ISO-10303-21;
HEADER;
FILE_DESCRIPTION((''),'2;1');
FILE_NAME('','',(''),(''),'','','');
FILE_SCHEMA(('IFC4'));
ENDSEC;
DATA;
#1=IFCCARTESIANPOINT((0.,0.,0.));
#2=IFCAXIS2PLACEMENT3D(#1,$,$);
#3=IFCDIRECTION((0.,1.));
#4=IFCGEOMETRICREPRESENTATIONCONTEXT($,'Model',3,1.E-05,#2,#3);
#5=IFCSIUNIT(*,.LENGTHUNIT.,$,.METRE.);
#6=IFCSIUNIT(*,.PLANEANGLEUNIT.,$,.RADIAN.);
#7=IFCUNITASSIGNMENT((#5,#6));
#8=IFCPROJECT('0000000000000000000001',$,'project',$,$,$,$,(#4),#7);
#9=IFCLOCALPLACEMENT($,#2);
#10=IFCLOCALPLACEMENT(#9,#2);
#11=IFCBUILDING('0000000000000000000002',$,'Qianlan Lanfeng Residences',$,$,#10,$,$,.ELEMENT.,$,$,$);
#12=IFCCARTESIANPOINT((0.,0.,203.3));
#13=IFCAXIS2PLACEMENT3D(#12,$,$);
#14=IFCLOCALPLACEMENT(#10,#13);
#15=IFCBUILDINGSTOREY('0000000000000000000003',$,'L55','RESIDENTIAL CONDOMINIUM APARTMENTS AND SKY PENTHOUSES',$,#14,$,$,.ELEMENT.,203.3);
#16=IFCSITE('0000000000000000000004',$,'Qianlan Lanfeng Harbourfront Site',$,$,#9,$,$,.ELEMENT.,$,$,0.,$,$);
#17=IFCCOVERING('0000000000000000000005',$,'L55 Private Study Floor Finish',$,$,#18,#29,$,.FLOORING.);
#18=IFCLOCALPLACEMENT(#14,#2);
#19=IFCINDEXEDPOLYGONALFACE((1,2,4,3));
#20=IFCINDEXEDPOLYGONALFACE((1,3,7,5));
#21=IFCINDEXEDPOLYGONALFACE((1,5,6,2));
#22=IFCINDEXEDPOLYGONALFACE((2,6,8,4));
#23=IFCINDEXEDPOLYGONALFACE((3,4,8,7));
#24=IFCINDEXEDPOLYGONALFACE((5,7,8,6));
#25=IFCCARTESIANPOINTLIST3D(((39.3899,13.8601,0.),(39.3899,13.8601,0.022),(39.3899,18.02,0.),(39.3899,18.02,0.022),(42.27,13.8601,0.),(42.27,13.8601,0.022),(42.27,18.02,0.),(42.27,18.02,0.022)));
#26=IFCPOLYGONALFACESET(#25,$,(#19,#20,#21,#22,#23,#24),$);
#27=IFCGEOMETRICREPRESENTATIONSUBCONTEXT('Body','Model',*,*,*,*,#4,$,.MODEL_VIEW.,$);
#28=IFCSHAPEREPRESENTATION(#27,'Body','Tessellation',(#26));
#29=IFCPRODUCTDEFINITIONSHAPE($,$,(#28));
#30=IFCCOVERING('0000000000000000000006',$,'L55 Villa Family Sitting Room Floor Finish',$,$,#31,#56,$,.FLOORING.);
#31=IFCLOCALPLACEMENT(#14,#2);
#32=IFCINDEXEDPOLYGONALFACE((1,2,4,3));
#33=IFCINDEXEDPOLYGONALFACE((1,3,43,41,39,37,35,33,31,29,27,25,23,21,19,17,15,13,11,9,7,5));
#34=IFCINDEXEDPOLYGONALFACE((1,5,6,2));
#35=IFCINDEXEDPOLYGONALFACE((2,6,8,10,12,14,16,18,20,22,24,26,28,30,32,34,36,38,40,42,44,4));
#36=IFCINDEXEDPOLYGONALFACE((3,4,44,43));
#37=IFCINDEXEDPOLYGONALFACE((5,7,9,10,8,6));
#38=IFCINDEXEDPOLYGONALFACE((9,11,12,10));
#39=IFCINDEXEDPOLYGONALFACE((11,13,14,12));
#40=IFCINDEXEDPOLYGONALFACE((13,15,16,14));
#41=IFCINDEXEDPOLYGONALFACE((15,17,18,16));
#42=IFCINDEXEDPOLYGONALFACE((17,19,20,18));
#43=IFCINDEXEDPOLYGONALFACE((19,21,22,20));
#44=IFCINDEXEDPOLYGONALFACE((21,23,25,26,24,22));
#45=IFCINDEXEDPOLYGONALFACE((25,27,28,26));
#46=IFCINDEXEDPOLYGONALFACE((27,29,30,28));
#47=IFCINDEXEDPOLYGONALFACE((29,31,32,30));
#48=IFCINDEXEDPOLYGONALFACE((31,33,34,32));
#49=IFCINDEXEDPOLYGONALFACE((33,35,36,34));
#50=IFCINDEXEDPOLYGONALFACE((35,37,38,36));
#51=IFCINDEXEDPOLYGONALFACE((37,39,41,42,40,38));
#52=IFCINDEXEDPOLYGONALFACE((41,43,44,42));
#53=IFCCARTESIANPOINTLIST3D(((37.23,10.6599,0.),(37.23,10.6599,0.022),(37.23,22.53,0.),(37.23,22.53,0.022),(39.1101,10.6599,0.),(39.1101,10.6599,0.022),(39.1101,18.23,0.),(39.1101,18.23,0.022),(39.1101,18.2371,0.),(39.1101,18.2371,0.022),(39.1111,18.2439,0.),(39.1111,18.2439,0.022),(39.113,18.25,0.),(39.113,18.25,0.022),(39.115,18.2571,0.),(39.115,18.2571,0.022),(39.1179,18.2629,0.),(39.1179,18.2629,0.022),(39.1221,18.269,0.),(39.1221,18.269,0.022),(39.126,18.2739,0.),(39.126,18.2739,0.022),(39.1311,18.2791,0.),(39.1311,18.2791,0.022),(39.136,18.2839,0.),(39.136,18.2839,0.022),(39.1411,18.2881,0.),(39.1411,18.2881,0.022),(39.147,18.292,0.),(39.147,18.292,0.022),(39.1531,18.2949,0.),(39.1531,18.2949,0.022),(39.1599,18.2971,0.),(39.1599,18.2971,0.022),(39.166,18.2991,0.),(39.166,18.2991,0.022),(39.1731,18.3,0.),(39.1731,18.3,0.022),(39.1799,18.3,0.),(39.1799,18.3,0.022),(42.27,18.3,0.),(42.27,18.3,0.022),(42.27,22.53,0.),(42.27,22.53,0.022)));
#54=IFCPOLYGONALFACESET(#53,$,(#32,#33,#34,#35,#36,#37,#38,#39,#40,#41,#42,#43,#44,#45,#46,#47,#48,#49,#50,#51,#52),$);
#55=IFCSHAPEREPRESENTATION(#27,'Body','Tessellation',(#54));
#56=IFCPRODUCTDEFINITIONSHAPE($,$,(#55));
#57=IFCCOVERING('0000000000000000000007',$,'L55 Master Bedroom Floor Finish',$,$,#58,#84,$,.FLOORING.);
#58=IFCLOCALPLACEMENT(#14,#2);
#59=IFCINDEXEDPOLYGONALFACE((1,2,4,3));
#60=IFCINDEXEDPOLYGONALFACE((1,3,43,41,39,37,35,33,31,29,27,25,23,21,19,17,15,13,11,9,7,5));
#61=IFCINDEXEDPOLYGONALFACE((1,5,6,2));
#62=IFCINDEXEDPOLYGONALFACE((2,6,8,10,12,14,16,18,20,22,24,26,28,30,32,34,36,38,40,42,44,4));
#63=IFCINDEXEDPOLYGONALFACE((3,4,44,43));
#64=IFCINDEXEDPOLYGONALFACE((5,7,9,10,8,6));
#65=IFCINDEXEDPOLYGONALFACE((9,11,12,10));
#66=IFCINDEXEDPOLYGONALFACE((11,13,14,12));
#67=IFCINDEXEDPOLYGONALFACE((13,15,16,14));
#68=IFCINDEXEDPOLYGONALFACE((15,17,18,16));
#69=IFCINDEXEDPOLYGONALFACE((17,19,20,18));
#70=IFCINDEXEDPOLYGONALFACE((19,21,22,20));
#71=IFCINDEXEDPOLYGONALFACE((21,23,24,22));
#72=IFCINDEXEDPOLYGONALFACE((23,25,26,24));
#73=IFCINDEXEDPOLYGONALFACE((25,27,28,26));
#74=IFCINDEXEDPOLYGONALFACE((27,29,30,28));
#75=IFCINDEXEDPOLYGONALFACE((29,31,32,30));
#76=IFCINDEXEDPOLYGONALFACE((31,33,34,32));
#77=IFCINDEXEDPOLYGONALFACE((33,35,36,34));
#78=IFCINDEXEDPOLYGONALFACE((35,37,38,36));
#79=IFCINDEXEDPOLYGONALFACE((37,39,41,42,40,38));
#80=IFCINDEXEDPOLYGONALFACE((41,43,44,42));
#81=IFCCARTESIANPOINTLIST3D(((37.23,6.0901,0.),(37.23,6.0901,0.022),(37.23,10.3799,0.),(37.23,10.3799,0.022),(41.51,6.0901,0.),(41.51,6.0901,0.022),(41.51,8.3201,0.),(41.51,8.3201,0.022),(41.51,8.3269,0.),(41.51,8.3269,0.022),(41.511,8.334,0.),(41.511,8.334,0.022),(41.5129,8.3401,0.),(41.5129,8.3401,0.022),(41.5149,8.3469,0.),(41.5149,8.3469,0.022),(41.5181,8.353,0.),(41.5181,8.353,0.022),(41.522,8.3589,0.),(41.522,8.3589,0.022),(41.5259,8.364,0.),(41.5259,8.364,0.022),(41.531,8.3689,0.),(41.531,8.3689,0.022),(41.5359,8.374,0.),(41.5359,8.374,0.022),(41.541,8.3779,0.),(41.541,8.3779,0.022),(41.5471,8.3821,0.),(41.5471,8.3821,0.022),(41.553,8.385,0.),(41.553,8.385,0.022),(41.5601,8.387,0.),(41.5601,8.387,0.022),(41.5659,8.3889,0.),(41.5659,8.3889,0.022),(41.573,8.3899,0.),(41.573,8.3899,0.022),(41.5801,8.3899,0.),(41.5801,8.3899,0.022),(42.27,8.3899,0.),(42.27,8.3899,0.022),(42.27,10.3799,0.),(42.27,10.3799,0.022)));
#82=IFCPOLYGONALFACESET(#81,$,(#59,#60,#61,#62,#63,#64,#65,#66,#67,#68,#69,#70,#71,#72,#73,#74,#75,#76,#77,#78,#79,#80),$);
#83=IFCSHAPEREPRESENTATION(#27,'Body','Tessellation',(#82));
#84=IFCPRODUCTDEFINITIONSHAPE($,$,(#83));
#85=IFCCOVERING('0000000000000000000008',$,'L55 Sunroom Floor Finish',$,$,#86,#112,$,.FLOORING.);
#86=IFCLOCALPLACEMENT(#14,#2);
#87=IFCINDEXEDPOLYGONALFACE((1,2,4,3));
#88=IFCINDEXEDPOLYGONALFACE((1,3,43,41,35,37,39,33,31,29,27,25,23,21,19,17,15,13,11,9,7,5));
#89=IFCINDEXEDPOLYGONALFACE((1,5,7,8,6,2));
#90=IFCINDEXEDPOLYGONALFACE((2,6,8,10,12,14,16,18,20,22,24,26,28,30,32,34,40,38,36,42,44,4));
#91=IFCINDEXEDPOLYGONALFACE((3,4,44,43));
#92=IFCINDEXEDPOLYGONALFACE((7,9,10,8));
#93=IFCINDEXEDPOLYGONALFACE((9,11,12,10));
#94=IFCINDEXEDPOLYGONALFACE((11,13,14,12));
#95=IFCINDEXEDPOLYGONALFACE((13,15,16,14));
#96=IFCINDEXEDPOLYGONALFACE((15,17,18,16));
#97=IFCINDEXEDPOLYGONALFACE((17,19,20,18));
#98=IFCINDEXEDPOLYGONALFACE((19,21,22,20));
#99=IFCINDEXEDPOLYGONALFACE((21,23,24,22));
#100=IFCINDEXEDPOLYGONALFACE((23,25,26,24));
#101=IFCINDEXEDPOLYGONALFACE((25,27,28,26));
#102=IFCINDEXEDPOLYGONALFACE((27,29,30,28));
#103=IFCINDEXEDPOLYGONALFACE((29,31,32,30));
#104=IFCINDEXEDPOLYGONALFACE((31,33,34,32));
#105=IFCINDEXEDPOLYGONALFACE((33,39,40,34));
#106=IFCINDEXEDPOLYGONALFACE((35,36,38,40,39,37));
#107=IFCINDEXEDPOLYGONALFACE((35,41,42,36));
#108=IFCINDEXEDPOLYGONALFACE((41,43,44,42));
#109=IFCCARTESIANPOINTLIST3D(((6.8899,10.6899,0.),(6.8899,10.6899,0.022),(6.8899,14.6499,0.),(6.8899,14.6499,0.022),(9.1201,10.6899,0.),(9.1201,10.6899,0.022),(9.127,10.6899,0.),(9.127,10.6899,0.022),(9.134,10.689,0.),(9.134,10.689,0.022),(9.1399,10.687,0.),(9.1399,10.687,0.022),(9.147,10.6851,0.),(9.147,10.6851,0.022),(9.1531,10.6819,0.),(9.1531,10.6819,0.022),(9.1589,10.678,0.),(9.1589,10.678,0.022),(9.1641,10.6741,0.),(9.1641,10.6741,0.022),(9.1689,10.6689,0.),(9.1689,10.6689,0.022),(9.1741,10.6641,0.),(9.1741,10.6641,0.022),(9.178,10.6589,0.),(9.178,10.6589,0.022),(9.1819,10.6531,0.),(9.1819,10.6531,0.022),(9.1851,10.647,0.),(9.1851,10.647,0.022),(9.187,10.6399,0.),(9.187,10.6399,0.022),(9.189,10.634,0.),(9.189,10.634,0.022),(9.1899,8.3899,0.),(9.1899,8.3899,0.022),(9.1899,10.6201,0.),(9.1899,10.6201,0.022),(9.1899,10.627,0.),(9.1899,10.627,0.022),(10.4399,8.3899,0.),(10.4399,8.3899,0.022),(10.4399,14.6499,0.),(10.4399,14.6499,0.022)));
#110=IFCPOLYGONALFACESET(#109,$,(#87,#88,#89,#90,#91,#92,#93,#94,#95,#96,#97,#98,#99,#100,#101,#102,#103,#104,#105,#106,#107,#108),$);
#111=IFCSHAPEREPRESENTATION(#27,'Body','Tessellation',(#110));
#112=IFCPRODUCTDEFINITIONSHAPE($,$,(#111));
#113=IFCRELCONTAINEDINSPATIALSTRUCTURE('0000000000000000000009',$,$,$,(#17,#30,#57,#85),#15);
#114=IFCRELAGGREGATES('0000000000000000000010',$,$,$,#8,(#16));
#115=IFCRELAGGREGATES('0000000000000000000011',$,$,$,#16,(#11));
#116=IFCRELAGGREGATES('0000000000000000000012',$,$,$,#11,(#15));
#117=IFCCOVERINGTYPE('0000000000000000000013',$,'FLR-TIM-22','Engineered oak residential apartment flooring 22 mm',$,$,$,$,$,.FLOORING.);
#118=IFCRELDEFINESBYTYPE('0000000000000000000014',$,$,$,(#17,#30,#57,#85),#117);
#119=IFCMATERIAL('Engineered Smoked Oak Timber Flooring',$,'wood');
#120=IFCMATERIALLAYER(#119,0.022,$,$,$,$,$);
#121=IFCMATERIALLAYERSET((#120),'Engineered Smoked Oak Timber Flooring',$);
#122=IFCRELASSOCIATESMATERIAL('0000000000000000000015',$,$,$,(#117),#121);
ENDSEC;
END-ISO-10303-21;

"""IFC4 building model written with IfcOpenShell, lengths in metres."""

from ifc_helpers import new_model, si_unit, direction, frame, origin, place, context, subcontext, project, spatial, polyline, outline, extrude, material, layer, layer_set, type_object, element, save


model = new_model("IFC4")

# Units and contexts
model_context = context("Model", 3, precision=1e-05, world=origin(), true_north=direction((0.0, 1.0)))
body_context = subcontext(model_context, "Body", "Model", "MODEL_VIEW")
ifc_project = project(units=[si_unit("LENGTHUNIT", "METRE"), si_unit("PLANEANGLEUNIT", "RADIAN")], contexts=[model_context])

# Site, building, storey
site_placement = place(None, origin())
site = spatial("IfcSite", under=ifc_project, at=site_placement, Name="Qianlan Lanfeng Harbourfront Site", CompositionType="ELEMENT", RefElevation=0.0)
building_placement = place(site_placement, origin())
building = spatial("IfcBuilding", under=site, at=building_placement, Name="Qianlan Lanfeng Residences", CompositionType="ELEMENT")
storey_placement = place(building_placement, frame((0.0, 0.0, 203.3)))
storey = spatial("IfcBuildingStorey", under=building, at=storey_placement, Name="L55", Description="RESIDENTIAL CONDOMINIUM APARTMENTS AND SKY PENTHOUSES", CompositionType="ELEMENT", Elevation=203.3)

# Coverings
ifc_material_1 = material(Name="Engineered Smoked Oak Timber Flooring", Category="wood")
ifc_layer_1 = layer(ifc_material_1, 0.022)
ifc_layer_set_1 = layer_set([ifc_layer_1], Name="Engineered Smoked Oak Timber Flooring")
covering_type_1 = type_object("IfcCoveringType", Name="FLR-TIM-22", Description="Engineered oak residential apartment flooring 22 mm", PredefinedType="FLOORING", material=ifc_layer_set_1)
covering_1_placement = place(storey_placement, origin())
element("IfcCovering", 1, at=covering_1_placement, inside=storey, type_object=covering_type_1, Name="L55 Private Study Floor Finish", PredefinedType="FLOORING", context=body_context, shape_type="SweptSolid", body=[
    extrude(outline(polyline([(39.3899, 13.8601), (42.27, 13.8601), (42.27, 18.02), (39.3899, 18.02), (39.3899, 13.8601)])), origin(), (0.0, 0.0, 1.0), 0.022),
])
covering_2_placement = place(storey_placement, origin())
element("IfcCovering", 2, at=covering_2_placement, inside=storey, type_object=covering_type_1, Name="L55 Villa Family Sitting Room Floor Finish", PredefinedType="FLOORING", context=body_context, shape_type="SweptSolid", body=[
    extrude(outline(polyline([(37.23, 10.6599), (39.1101, 10.6599), (39.1101, 18.23), (39.1101, 18.2371), (39.1111, 18.2439), (39.113, 18.25), (39.115, 18.2571), (39.1179, 18.2629), (39.1221, 18.269), (39.126, 18.2739), (39.1311, 18.2791), (39.136, 18.2839), (39.1411, 18.2881), (39.147, 18.292), (39.1531, 18.2949), (39.1599, 18.2971), (39.166, 18.2991), (39.1731, 18.3), (39.1799, 18.3), (42.27, 18.3), (42.27, 22.53), (37.23, 22.53), (37.23, 10.6599)])), origin(), (0.0, 0.0, 1.0), 0.022),
])
covering_3_placement = place(storey_placement, origin())
element("IfcCovering", 3, at=covering_3_placement, inside=storey, type_object=covering_type_1, Name="L55 Master Bedroom Floor Finish", PredefinedType="FLOORING", context=body_context, shape_type="SweptSolid", body=[
    extrude(outline(polyline([(37.23, 10.3799), (37.23, 6.0901), (41.51, 6.0901), (41.51, 8.3201), (41.51, 8.3269), (41.511, 8.334), (41.5129, 8.3401), (41.5149, 8.3469), (41.5181, 8.353), (41.522, 8.3589), (41.5259, 8.364), (41.531, 8.3689), (41.5359, 8.374), (41.541, 8.3779), (41.5471, 8.3821), (41.553, 8.385), (41.5601, 8.387), (41.5659, 8.3889), (41.573, 8.3899), (41.5801, 8.3899), (42.27, 8.3899), (42.27, 10.3799), (37.23, 10.3799)])), origin(), (0.0, 0.0, 1.0), 0.022),
])
covering_4_placement = place(storey_placement, origin())
element("IfcCovering", 4, at=covering_4_placement, inside=storey, type_object=covering_type_1, Name="L55 Sunroom Floor Finish", PredefinedType="FLOORING", context=body_context, shape_type="SweptSolid", body=[
    extrude(outline(polyline([(10.4399, 14.6499), (6.8899, 14.6499), (6.8899, 10.6899), (9.1201, 10.6899), (9.127, 10.6899), (9.134, 10.689), (9.1399, 10.687), (9.147, 10.6851), (9.1531, 10.6819), (9.1589, 10.678), (9.1641, 10.6741), (9.1689, 10.6689), (9.1741, 10.6641), (9.178, 10.6589), (9.1819, 10.6531), (9.1851, 10.647), (9.187, 10.6399), (9.189, 10.634), (9.1899, 10.627), (9.1899, 10.6201), (9.1899, 8.3899), (10.4399, 8.3899), (10.4399, 14.6499)])), origin(), (0.0, 0.0, 1.0), 0.022),
])

save(model, "model.ifc")
